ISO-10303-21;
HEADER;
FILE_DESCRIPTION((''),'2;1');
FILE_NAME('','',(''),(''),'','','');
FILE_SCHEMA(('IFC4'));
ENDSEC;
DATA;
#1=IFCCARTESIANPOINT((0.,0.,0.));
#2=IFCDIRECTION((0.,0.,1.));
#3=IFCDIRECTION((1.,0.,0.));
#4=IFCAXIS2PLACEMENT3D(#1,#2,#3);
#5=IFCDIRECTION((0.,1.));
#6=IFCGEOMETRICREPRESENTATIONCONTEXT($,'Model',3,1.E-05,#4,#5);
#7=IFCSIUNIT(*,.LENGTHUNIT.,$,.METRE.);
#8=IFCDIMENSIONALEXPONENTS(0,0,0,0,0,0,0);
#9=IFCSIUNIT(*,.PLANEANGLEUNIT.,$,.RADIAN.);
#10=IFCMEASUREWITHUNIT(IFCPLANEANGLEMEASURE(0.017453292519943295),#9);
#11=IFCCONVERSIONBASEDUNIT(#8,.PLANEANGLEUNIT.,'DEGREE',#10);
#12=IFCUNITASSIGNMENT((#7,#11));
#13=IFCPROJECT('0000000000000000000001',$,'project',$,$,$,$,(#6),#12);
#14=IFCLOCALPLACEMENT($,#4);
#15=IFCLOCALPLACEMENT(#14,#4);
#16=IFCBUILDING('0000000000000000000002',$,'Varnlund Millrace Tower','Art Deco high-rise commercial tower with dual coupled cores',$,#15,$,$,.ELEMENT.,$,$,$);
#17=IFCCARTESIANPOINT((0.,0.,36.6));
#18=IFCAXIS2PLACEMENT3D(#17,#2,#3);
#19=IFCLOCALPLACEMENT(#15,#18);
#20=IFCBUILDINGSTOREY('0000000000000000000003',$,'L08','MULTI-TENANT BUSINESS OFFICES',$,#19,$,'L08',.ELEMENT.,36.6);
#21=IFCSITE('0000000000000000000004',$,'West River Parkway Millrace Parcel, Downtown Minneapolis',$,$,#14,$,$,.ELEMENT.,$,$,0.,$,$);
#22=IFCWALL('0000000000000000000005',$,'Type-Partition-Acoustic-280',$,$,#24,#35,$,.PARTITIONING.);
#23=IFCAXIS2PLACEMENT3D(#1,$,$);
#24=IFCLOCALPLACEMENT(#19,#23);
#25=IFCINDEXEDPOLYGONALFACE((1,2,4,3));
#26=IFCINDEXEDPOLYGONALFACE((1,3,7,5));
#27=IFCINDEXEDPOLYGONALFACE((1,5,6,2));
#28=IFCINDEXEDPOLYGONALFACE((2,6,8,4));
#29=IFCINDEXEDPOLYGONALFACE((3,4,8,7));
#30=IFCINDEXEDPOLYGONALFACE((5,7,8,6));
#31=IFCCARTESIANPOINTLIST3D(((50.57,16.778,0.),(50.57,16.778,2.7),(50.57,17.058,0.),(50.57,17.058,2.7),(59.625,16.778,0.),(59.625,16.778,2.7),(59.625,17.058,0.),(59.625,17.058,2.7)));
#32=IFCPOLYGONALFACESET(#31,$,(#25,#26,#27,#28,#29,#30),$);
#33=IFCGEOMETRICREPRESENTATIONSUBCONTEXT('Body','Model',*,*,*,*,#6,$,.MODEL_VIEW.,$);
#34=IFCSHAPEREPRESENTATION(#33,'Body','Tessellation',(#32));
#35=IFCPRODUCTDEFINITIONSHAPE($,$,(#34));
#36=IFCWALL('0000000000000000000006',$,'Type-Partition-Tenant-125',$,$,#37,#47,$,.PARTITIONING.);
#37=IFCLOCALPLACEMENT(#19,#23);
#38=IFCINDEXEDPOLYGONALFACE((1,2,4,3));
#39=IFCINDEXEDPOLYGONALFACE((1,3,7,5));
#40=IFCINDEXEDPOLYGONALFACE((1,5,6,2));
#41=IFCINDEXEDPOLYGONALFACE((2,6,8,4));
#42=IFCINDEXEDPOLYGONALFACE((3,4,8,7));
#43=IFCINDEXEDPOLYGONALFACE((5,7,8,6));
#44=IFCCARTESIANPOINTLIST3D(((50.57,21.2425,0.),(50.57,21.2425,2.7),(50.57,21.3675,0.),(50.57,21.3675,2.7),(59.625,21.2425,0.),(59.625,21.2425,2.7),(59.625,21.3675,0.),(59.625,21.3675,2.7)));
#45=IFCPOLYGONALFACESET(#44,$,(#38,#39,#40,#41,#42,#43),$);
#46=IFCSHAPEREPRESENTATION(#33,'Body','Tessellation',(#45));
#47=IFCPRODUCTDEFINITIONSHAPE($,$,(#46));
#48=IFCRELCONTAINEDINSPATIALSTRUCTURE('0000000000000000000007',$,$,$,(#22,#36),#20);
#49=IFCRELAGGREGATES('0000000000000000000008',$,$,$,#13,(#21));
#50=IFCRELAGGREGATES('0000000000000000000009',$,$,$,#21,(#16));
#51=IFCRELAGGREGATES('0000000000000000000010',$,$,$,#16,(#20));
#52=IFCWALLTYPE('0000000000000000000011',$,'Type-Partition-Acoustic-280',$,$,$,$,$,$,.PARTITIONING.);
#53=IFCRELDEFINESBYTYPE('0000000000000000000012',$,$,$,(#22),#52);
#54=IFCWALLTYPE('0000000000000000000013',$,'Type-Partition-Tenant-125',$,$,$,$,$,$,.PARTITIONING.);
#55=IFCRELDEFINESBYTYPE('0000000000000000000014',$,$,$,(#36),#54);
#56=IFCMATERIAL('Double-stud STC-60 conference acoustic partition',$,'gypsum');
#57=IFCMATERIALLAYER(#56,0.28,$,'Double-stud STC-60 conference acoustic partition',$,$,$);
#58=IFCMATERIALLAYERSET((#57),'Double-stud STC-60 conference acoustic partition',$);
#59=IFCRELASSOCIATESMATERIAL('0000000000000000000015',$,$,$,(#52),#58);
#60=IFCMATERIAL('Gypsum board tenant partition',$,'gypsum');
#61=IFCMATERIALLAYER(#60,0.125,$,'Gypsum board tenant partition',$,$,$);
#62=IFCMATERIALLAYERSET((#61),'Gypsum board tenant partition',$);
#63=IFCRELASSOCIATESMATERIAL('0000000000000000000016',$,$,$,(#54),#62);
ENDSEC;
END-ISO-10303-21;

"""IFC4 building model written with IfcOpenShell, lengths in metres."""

from ifc_helpers import new_model, entity, si_unit, converted_unit, direction, frame, origin_with_axes, place, context, subcontext, project, spatial, polyline, outline, extrude, material, layer, layer_set, type_object, element, save


model = new_model("IFC4")

# Units and contexts
model_context = context("Model", 3, precision=1e-05, world=origin_with_axes(), true_north=direction((0.0, 1.0)))
body_context = subcontext(model_context, "Body", "Model", "MODEL_VIEW")
ifc_project = project(units=[si_unit("LENGTHUNIT", "METRE"), converted_unit("PLANEANGLEUNIT", "DEGREE", entity("IfcPlaneAngleMeasure", 0.017453292519943295), si_unit("PLANEANGLEUNIT", "RADIAN"), dimensions=[0, 0, 0, 0, 0, 0, 0])], contexts=[model_context])

# Site, building, storey
site_placement = place(None, origin_with_axes())
site = spatial("IfcSite", under=ifc_project, at=site_placement, Name="West River Parkway Millrace Parcel, Downtown Minneapolis", CompositionType="ELEMENT", RefElevation=0.0)
building_placement = place(site_placement, origin_with_axes())
building = spatial("IfcBuilding", under=site, at=building_placement, Name="Varnlund Millrace Tower", Description="Art Deco high-rise commercial tower with dual coupled cores", CompositionType="ELEMENT")
storey_placement = place(building_placement, frame((0.0, 0.0, 36.6), z_axis=(0.0, 0.0, 1.0), x_axis=(1.0, 0.0, 0.0)))
storey = spatial("IfcBuildingStorey", under=building, at=storey_placement, Name="L08", Description="MULTI-TENANT BUSINESS OFFICES", LongName="L08", CompositionType="ELEMENT", Elevation=36.6)

# Walls
ifc_material_1 = material(Name="Double-stud STC-60 conference acoustic partition", Category="gypsum")
ifc_layer_1 = layer(ifc_material_1, 0.28, Name="Double-stud STC-60 conference acoustic partition")
ifc_layer_set_1 = layer_set([ifc_layer_1], Name="Double-stud STC-60 conference acoustic partition")
wall_type_1 = type_object("IfcWallType", Name="Type-Partition-Acoustic-280", PredefinedType="PARTITIONING", material=ifc_layer_set_1)
wall_1_placement = place(storey_placement, frame((50.57, 16.918, 0.0), z_axis=(0.0, 0.0, 1.0), x_axis=(1.0, 0.0, 0.0)))
element("IfcWall", 1, at=wall_1_placement, inside=storey, type_object=wall_type_1, Name="Type-Partition-Acoustic-280", PredefinedType="PARTITIONING", context=body_context, shape_type="SweptSolid", body=[
    extrude(outline(polyline([(0.0, -0.14), (9.055, -0.14), (9.055, 0.14), (0.0, 0.14), (0.0, -0.14)])), origin_with_axes(), (0.0, 0.0, 1.0), 2.7),
])
ifc_material_2 = material(Name="Gypsum board tenant partition", Category="gypsum")
ifc_layer_2 = layer(ifc_material_2, 0.125, Name="Gypsum board tenant partition")
ifc_layer_set_2 = layer_set([ifc_layer_2], Name="Gypsum board tenant partition")
wall_type_2 = type_object("IfcWallType", Name="Type-Partition-Tenant-125", PredefinedType="PARTITIONING", material=ifc_layer_set_2)
wall_2_placement = place(storey_placement, frame((50.57, 21.305, 0.0), z_axis=(0.0, 0.0, 1.0), x_axis=(1.0, 0.0, 0.0)))
element("IfcWall", 2, at=wall_2_placement, inside=storey, type_object=wall_type_2, Name="Type-Partition-Tenant-125", PredefinedType="PARTITIONING", context=body_context, shape_type="SweptSolid", body=[
    extrude(outline(polyline([(0.0, -0.0625), (9.055, -0.0625), (9.055, 0.0625), (0.0, 0.0625), (0.0, -0.0625)])), origin_with_axes(), (0.0, 0.0, 1.0), 2.7),
])

save(model, "model.ifc")
